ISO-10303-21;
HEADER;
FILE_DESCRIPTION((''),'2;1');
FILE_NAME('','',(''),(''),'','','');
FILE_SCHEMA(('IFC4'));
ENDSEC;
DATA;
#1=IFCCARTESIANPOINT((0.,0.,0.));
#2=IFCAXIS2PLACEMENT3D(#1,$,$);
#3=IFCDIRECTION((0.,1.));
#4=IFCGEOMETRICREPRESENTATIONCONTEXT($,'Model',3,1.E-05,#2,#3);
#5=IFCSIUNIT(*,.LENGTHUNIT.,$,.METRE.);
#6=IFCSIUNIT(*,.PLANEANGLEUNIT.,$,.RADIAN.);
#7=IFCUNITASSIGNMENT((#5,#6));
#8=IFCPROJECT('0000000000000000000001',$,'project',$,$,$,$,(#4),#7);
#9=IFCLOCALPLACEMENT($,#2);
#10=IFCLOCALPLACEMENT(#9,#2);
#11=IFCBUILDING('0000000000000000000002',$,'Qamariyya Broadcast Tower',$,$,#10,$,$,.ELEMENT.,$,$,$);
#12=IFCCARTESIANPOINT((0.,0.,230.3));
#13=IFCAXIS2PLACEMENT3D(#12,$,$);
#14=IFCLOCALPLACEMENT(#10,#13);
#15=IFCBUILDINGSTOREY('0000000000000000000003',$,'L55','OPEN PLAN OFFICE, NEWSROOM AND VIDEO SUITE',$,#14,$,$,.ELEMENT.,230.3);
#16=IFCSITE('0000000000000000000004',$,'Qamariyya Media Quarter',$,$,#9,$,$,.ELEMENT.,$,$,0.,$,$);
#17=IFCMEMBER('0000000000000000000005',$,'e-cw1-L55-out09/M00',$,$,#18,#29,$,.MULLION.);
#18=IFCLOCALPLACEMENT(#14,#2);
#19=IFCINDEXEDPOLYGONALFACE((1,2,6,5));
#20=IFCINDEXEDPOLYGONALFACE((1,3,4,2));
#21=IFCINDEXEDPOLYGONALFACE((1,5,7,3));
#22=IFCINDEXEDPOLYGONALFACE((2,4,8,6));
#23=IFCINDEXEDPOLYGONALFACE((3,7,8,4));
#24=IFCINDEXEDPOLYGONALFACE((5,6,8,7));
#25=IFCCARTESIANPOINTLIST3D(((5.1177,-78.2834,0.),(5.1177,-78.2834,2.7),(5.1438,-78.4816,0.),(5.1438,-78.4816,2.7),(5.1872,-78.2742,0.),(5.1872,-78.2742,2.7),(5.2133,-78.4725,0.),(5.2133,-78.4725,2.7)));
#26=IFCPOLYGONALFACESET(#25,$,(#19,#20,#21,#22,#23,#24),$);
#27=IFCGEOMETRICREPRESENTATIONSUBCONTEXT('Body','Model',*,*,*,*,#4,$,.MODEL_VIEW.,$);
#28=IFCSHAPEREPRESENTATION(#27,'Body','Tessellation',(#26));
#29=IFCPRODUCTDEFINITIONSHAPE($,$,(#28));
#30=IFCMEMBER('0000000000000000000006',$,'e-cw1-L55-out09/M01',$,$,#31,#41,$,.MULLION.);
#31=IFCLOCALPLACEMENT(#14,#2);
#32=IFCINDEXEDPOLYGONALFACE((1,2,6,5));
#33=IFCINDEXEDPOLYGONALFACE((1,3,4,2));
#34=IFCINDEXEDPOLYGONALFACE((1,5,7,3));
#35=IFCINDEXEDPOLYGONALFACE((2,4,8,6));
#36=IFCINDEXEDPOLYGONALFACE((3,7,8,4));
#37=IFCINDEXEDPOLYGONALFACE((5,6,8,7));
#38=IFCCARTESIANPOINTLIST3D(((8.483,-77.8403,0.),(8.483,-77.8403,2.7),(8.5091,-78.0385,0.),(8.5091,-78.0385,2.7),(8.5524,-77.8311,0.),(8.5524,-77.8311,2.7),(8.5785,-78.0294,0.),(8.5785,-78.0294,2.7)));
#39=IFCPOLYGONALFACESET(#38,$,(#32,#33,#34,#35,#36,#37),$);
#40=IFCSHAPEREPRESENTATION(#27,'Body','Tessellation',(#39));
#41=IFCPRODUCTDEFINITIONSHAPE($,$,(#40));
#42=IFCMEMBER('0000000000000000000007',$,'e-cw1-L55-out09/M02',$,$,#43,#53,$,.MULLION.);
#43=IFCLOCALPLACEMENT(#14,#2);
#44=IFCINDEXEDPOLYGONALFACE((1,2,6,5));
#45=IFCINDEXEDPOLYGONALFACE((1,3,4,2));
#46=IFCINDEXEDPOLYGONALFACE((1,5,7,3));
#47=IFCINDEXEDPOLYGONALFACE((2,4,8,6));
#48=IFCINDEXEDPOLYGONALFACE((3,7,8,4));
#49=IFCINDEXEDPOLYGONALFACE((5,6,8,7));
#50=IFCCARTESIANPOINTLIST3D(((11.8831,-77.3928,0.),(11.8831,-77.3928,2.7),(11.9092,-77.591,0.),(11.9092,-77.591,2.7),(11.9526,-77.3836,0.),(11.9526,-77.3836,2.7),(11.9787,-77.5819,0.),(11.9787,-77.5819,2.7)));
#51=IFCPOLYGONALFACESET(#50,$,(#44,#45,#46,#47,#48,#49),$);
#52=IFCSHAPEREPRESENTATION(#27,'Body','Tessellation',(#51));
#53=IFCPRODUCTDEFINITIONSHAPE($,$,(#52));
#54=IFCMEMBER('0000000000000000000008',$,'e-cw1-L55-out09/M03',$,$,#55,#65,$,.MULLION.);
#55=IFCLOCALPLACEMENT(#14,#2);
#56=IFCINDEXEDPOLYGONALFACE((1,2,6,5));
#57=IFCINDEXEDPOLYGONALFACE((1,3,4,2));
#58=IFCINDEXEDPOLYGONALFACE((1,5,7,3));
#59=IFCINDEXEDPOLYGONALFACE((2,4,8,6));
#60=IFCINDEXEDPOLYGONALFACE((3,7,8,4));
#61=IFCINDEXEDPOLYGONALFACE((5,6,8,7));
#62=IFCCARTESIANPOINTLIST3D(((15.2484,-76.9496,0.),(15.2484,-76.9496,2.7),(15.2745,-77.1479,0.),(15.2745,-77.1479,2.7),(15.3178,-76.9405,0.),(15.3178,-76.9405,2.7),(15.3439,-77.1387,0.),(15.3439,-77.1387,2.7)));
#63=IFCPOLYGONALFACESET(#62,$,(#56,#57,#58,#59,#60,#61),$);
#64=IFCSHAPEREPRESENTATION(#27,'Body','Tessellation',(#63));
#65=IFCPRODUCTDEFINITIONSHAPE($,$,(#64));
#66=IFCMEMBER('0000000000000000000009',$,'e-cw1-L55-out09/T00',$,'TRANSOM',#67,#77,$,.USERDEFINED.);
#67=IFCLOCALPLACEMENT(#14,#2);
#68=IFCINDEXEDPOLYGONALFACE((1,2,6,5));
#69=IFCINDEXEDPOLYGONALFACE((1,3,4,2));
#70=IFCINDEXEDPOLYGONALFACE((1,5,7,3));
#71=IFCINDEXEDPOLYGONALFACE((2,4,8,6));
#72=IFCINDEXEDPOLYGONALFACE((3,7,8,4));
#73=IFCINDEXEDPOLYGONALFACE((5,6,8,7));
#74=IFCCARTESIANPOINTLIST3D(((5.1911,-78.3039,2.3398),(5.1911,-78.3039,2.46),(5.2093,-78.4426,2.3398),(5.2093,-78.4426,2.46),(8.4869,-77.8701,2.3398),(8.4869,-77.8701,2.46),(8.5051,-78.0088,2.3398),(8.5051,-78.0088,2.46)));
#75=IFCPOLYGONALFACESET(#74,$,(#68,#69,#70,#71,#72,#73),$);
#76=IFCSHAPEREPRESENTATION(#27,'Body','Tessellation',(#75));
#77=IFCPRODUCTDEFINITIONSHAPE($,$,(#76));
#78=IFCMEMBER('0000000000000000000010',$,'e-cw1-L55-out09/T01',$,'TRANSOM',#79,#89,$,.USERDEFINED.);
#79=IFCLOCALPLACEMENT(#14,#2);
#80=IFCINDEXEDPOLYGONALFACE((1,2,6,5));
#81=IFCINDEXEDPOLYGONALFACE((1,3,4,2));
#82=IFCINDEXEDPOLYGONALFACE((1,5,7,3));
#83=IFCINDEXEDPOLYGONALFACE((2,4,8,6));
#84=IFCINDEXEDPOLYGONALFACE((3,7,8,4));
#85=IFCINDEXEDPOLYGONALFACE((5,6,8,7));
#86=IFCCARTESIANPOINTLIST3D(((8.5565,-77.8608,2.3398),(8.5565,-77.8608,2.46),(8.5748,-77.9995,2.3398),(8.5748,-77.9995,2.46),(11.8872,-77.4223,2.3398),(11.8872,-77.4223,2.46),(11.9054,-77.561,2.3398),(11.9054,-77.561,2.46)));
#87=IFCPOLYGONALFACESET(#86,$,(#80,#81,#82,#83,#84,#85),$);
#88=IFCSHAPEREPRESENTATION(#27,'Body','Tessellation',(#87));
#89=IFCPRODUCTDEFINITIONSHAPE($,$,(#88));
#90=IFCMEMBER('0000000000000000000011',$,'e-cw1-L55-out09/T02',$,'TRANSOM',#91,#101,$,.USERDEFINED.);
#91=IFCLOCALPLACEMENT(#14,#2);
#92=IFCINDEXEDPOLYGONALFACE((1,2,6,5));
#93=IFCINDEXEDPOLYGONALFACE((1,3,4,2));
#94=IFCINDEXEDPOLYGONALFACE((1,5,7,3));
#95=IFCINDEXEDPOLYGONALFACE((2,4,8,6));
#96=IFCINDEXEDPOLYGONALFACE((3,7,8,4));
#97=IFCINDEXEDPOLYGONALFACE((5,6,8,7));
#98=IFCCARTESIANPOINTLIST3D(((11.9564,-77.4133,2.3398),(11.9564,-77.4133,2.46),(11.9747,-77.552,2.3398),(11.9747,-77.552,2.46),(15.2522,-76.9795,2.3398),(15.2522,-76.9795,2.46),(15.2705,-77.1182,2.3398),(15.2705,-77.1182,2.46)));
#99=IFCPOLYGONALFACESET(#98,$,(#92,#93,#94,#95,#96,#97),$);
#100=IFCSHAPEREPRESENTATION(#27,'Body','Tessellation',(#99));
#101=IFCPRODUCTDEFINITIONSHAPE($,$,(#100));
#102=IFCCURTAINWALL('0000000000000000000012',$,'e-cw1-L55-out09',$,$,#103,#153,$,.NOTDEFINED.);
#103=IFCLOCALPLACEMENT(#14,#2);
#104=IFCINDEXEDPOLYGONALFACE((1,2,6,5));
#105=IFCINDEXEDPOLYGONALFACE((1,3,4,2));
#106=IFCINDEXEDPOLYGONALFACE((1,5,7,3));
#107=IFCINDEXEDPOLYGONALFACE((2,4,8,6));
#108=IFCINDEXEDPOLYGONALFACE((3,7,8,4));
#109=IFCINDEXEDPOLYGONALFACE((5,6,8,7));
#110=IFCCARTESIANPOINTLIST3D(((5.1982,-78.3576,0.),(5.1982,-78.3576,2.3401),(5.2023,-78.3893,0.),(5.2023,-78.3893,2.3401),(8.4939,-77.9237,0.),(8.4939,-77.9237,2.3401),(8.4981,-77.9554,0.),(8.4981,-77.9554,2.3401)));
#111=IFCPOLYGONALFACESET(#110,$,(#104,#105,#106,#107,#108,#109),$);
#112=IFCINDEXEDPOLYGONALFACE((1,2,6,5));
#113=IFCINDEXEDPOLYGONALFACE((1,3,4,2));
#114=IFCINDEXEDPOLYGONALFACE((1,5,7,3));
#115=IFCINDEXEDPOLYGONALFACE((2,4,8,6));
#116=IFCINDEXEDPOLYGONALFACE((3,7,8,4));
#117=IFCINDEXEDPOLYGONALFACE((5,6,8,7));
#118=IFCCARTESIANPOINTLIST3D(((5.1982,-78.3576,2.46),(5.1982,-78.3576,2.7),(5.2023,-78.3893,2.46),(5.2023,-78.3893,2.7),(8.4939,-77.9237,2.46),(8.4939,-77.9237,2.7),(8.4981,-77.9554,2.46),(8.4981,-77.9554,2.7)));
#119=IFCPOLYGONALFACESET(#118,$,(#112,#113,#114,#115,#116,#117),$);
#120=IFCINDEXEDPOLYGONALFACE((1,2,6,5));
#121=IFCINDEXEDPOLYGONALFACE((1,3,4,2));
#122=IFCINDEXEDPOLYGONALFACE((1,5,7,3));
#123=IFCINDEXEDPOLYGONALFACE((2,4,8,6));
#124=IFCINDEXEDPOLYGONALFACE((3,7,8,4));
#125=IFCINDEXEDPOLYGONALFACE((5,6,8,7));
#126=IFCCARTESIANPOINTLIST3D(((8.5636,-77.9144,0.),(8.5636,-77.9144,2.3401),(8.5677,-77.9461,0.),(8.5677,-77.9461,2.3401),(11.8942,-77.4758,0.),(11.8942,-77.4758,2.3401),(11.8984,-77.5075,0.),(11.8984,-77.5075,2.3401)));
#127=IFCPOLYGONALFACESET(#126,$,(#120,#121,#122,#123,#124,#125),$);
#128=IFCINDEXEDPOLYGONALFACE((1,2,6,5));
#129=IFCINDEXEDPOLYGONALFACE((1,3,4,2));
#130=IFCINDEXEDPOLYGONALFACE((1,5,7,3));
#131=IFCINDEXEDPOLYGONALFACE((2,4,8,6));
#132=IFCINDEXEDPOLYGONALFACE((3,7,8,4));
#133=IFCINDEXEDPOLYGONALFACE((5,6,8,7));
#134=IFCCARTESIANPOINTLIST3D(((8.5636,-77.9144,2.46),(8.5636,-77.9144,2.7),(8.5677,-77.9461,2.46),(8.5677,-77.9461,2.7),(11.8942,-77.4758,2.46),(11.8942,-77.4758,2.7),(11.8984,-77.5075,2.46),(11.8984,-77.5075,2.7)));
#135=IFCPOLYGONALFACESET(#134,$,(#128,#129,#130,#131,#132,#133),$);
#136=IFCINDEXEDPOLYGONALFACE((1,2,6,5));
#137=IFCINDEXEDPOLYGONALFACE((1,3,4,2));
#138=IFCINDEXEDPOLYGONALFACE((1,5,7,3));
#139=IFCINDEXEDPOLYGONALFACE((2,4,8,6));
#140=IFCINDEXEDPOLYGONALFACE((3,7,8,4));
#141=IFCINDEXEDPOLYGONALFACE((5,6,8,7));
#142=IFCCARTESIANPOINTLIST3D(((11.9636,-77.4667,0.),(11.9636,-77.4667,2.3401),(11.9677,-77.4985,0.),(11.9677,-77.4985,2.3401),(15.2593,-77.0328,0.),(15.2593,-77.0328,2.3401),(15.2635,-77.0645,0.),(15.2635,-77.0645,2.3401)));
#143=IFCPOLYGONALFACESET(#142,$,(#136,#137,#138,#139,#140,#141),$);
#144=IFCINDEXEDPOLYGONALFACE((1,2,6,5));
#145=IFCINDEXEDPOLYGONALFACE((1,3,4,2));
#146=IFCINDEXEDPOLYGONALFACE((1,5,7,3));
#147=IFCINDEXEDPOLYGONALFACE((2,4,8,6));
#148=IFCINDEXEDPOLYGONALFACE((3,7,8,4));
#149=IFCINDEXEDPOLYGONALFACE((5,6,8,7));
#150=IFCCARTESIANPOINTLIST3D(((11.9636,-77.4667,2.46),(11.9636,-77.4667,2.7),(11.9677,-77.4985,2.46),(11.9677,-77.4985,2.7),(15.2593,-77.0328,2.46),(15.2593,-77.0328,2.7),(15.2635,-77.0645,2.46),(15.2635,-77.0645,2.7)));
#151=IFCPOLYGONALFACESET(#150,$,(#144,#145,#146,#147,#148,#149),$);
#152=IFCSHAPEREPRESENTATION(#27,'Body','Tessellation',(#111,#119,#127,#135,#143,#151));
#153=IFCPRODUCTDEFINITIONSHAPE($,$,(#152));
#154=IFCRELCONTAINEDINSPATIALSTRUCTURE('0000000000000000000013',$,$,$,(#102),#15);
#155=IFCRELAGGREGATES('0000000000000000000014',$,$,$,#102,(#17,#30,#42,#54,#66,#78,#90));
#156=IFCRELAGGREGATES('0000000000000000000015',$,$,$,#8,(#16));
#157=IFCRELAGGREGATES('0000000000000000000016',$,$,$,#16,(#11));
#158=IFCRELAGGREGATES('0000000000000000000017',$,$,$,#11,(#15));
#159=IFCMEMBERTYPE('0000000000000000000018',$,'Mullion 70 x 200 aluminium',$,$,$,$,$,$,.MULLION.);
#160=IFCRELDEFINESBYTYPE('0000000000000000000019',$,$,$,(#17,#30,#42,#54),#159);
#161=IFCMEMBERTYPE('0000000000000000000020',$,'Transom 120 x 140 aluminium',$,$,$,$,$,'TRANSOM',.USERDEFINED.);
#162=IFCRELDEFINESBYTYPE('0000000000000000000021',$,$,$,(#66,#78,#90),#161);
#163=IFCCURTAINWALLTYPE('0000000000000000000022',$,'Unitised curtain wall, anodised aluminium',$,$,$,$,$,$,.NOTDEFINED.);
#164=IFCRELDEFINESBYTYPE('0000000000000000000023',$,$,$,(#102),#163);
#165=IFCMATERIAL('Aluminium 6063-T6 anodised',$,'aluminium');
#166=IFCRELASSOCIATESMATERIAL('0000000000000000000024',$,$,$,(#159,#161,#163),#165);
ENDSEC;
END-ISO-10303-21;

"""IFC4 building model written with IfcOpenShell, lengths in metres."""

from ifc_helpers import new_model, si_unit, direction, frame, origin, origin_2d, place, context, subcontext, project, spatial, rectangle, extrude, material, material_profile, profile_set, type_object, element, aggregate, save


model = new_model("IFC4")

# Units and contexts
model_context = context("Model", 3, precision=1e-05, world=origin(), true_north=direction((0.0, 1.0)))
body_context = subcontext(model_context, "Body", "Model", "MODEL_VIEW")
ifc_project = project(units=[si_unit("LENGTHUNIT", "METRE"), si_unit("PLANEANGLEUNIT", "RADIAN")], contexts=[model_context])

# Members
ifc_material = material(Name="Aluminium 6063-T6 anodised", Category="aluminium")
ifc_material_profile_1 = material_profile(ifc_material, rectangle(XDim=0.2, YDim=0.0701, at=origin_2d()))
ifc_profile_set_1 = profile_set([ifc_material_profile_1], Name="Aluminium 6063-T6 anodised")
member_type_1 = type_object("IfcMemberType", Name="Mullion 70 x 200 aluminium", PredefinedType="MULLION", material=ifc_profile_set_1)
site_placement = place(None, origin())
building_placement = place(site_placement, origin())
storey_placement = place(building_placement, frame((0.0, 0.0, 230.3)))
member_1_placement = place(storey_placement, frame((5.1655, -78.3779, 0.0), z_axis=(0.0, 0.0, 1.0), x_axis=(-0.130526, 0.991445, 0.0)))
member_1 = element("IfcMember", 1, at=member_1_placement, type_object=member_type_1, Name="e-cw1-L55-out09/M00", PredefinedType="MULLION", context=body_context, shape_type="SweptSolid", body=[
    extrude(rectangle(XDim=0.2, YDim=0.0701, at=origin_2d()), origin(), (0.0, 0.0, 1.0), 2.7),
])
member_2_placement = place(storey_placement, frame((8.5308, -77.9348, 0.0), z_axis=(0.0, 0.0, 1.0), x_axis=(-0.130526, 0.991445, 0.0)))
member_2 = element("IfcMember", 2, at=member_2_placement, type_object=member_type_1, Name="e-cw1-L55-out09/M01", PredefinedType="MULLION", context=body_context, shape_type="SweptSolid", body=[
    extrude(rectangle(XDim=0.2, YDim=0.0701, at=origin_2d()), origin(), (0.0, 0.0, 1.0), 2.7),
])
member_3_placement = place(storey_placement, frame((11.9309, -77.4873, 0.0), z_axis=(0.0, 0.0, 1.0), x_axis=(-0.130526, 0.991445, 0.0)))
member_3 = element("IfcMember", 3, at=member_3_placement, type_object=member_type_1, Name="e-cw1-L55-out09/M02", PredefinedType="MULLION", context=body_context, shape_type="SweptSolid", body=[
    extrude(rectangle(XDim=0.2, YDim=0.0701, at=origin_2d()), origin(), (0.0, 0.0, 1.0), 2.7),
])
member_4_placement = place(storey_placement, frame((15.2961, -77.0442, 0.0), z_axis=(0.0, 0.0, 1.0), x_axis=(-0.130526, 0.991445, 0.0)))
member_4 = element("IfcMember", 4, at=member_4_placement, type_object=member_type_1, Name="e-cw1-L55-out09/M03", PredefinedType="MULLION", context=body_context, shape_type="SweptSolid", body=[
    extrude(rectangle(XDim=0.2, YDim=0.0701, at=origin_2d()), origin(), (0.0, 0.0, 1.0), 2.7),
])
ifc_material_profile_2 = material_profile(ifc_material, rectangle(XDim=0.1399, YDim=0.1201, at=origin_2d()))
ifc_profile_set_2 = profile_set([ifc_material_profile_2], Name="Aluminium 6063-T6 anodised")
member_type_2 = type_object("IfcMemberType", Name="Transom 120 x 140 aluminium", ElementType="TRANSOM", PredefinedType="USERDEFINED", material=ifc_profile_set_2)
member_5_placement = place(storey_placement, frame((5.2002, -78.3733, 2.3999), z_axis=(0.991448, 0.130504, 0.0), x_axis=(-0.130504, 0.991448, 0.0)))
member_5 = element("IfcMember", 5, at=member_5_placement, type_object=member_type_2, Name="e-cw1-L55-out09/T00", ObjectType="TRANSOM", PredefinedType="USERDEFINED", context=body_context, shape_type="SweptSolid", body=[
    extrude(rectangle(XDim=0.1399, YDim=0.1201, at=origin_2d()), origin(), (0.0, 0.0, 1.0), 3.3242),
])
member_6_placement = place(storey_placement, frame((8.5657, -77.9302, 2.3999), z_axis=(0.991445, 0.130526, 0.0), x_axis=(-0.130526, 0.991445, 0.0)))
member_6 = element("IfcMember", 6, at=member_6_placement, type_object=member_type_2, Name="e-cw1-L55-out09/T01", ObjectType="TRANSOM", PredefinedType="USERDEFINED", context=body_context, shape_type="SweptSolid", body=[
    extrude(rectangle(XDim=0.1399, YDim=0.1201, at=origin_2d()), origin(), (0.0, 0.0, 1.0), 3.3594),
])
member_7_placement = place(storey_placement, frame((11.9656, -77.4827, 2.3999), z_axis=(0.991448, 0.130504, 0.0), x_axis=(-0.130504, 0.991448, 0.0)))
member_7 = element("IfcMember", 7, at=member_7_placement, type_object=member_type_2, Name="e-cw1-L55-out09/T02", ObjectType="TRANSOM", PredefinedType="USERDEFINED", context=body_context, shape_type="SweptSolid", body=[
    extrude(rectangle(XDim=0.1399, YDim=0.1201, at=origin_2d()), origin(), (0.0, 0.0, 1.0), 3.3242),
])

# Site, building, storey
site = spatial("IfcSite", under=ifc_project, at=site_placement, Name="Qamariyya Media Quarter", CompositionType="ELEMENT", RefElevation=0.0)
building = spatial("IfcBuilding", under=site, at=building_placement, Name="Qamariyya Broadcast Tower", CompositionType="ELEMENT")
storey = spatial("IfcBuildingStorey", under=building, at=storey_placement, Name="L55", Description="OPEN PLAN OFFICE, NEWSROOM AND VIDEO SUITE", CompositionType="ELEMENT", Elevation=230.3)

# Curtain wall
curtain_wall_type = type_object("IfcCurtainWallType", Name="Unitised curtain wall, anodised aluminium", PredefinedType="NOTDEFINED", material=ifc_material)
curtain_wall_1_placement = place(storey_placement, origin())
curtain_wall_1 = element("IfcCurtainWall", 8, at=curtain_wall_1_placement, inside=storey, type_object=curtain_wall_type, Name="e-cw1-L55-out09", PredefinedType="NOTDEFINED", context=body_context, shape_type="SweptSolid", body=[
    extrude(rectangle(XDim=3.3242, YDim=0.032, at=origin_2d()), frame((6.8481, -78.1565, 0.0), x_axis=(0.991443, 0.130542, 0.0)), (0.0, 0.0, 1.0), 2.3401),
    extrude(rectangle(XDim=3.3242, YDim=0.032, at=origin_2d()), frame((6.8481, -78.1565, 2.46), x_axis=(0.991443, 0.130542, 0.0)), (0.0, 0.0, 1.0), 0.24),
    extrude(rectangle(XDim=3.3594, YDim=0.032, at=origin_2d()), frame((10.231, -77.7109, 0.0), x_axis=(0.991443, 0.130542, 0.0)), (0.0, 0.0, 1.0), 2.3401),
    extrude(rectangle(XDim=3.3594, YDim=0.032, at=origin_2d()), frame((10.231, -77.7109, 2.46), x_axis=(0.991443, 0.130542, 0.0)), (0.0, 0.0, 1.0), 0.24),
    extrude(rectangle(XDim=3.3242, YDim=0.032, at=origin_2d()), frame((13.6135, -77.2656, 0.0), x_axis=(0.991443, 0.130542, 0.0)), (0.0, 0.0, 1.0), 2.3401),
    extrude(rectangle(XDim=3.3242, YDim=0.032, at=origin_2d()), frame((13.6135, -77.2656, 2.46), x_axis=(0.991443, 0.130542, 0.0)), (0.0, 0.0, 1.0), 0.24),
])
aggregate(curtain_wall_1, [member_1, member_2, member_3, member_4, member_5, member_6, member_7])

save(model, "model.ifc")
